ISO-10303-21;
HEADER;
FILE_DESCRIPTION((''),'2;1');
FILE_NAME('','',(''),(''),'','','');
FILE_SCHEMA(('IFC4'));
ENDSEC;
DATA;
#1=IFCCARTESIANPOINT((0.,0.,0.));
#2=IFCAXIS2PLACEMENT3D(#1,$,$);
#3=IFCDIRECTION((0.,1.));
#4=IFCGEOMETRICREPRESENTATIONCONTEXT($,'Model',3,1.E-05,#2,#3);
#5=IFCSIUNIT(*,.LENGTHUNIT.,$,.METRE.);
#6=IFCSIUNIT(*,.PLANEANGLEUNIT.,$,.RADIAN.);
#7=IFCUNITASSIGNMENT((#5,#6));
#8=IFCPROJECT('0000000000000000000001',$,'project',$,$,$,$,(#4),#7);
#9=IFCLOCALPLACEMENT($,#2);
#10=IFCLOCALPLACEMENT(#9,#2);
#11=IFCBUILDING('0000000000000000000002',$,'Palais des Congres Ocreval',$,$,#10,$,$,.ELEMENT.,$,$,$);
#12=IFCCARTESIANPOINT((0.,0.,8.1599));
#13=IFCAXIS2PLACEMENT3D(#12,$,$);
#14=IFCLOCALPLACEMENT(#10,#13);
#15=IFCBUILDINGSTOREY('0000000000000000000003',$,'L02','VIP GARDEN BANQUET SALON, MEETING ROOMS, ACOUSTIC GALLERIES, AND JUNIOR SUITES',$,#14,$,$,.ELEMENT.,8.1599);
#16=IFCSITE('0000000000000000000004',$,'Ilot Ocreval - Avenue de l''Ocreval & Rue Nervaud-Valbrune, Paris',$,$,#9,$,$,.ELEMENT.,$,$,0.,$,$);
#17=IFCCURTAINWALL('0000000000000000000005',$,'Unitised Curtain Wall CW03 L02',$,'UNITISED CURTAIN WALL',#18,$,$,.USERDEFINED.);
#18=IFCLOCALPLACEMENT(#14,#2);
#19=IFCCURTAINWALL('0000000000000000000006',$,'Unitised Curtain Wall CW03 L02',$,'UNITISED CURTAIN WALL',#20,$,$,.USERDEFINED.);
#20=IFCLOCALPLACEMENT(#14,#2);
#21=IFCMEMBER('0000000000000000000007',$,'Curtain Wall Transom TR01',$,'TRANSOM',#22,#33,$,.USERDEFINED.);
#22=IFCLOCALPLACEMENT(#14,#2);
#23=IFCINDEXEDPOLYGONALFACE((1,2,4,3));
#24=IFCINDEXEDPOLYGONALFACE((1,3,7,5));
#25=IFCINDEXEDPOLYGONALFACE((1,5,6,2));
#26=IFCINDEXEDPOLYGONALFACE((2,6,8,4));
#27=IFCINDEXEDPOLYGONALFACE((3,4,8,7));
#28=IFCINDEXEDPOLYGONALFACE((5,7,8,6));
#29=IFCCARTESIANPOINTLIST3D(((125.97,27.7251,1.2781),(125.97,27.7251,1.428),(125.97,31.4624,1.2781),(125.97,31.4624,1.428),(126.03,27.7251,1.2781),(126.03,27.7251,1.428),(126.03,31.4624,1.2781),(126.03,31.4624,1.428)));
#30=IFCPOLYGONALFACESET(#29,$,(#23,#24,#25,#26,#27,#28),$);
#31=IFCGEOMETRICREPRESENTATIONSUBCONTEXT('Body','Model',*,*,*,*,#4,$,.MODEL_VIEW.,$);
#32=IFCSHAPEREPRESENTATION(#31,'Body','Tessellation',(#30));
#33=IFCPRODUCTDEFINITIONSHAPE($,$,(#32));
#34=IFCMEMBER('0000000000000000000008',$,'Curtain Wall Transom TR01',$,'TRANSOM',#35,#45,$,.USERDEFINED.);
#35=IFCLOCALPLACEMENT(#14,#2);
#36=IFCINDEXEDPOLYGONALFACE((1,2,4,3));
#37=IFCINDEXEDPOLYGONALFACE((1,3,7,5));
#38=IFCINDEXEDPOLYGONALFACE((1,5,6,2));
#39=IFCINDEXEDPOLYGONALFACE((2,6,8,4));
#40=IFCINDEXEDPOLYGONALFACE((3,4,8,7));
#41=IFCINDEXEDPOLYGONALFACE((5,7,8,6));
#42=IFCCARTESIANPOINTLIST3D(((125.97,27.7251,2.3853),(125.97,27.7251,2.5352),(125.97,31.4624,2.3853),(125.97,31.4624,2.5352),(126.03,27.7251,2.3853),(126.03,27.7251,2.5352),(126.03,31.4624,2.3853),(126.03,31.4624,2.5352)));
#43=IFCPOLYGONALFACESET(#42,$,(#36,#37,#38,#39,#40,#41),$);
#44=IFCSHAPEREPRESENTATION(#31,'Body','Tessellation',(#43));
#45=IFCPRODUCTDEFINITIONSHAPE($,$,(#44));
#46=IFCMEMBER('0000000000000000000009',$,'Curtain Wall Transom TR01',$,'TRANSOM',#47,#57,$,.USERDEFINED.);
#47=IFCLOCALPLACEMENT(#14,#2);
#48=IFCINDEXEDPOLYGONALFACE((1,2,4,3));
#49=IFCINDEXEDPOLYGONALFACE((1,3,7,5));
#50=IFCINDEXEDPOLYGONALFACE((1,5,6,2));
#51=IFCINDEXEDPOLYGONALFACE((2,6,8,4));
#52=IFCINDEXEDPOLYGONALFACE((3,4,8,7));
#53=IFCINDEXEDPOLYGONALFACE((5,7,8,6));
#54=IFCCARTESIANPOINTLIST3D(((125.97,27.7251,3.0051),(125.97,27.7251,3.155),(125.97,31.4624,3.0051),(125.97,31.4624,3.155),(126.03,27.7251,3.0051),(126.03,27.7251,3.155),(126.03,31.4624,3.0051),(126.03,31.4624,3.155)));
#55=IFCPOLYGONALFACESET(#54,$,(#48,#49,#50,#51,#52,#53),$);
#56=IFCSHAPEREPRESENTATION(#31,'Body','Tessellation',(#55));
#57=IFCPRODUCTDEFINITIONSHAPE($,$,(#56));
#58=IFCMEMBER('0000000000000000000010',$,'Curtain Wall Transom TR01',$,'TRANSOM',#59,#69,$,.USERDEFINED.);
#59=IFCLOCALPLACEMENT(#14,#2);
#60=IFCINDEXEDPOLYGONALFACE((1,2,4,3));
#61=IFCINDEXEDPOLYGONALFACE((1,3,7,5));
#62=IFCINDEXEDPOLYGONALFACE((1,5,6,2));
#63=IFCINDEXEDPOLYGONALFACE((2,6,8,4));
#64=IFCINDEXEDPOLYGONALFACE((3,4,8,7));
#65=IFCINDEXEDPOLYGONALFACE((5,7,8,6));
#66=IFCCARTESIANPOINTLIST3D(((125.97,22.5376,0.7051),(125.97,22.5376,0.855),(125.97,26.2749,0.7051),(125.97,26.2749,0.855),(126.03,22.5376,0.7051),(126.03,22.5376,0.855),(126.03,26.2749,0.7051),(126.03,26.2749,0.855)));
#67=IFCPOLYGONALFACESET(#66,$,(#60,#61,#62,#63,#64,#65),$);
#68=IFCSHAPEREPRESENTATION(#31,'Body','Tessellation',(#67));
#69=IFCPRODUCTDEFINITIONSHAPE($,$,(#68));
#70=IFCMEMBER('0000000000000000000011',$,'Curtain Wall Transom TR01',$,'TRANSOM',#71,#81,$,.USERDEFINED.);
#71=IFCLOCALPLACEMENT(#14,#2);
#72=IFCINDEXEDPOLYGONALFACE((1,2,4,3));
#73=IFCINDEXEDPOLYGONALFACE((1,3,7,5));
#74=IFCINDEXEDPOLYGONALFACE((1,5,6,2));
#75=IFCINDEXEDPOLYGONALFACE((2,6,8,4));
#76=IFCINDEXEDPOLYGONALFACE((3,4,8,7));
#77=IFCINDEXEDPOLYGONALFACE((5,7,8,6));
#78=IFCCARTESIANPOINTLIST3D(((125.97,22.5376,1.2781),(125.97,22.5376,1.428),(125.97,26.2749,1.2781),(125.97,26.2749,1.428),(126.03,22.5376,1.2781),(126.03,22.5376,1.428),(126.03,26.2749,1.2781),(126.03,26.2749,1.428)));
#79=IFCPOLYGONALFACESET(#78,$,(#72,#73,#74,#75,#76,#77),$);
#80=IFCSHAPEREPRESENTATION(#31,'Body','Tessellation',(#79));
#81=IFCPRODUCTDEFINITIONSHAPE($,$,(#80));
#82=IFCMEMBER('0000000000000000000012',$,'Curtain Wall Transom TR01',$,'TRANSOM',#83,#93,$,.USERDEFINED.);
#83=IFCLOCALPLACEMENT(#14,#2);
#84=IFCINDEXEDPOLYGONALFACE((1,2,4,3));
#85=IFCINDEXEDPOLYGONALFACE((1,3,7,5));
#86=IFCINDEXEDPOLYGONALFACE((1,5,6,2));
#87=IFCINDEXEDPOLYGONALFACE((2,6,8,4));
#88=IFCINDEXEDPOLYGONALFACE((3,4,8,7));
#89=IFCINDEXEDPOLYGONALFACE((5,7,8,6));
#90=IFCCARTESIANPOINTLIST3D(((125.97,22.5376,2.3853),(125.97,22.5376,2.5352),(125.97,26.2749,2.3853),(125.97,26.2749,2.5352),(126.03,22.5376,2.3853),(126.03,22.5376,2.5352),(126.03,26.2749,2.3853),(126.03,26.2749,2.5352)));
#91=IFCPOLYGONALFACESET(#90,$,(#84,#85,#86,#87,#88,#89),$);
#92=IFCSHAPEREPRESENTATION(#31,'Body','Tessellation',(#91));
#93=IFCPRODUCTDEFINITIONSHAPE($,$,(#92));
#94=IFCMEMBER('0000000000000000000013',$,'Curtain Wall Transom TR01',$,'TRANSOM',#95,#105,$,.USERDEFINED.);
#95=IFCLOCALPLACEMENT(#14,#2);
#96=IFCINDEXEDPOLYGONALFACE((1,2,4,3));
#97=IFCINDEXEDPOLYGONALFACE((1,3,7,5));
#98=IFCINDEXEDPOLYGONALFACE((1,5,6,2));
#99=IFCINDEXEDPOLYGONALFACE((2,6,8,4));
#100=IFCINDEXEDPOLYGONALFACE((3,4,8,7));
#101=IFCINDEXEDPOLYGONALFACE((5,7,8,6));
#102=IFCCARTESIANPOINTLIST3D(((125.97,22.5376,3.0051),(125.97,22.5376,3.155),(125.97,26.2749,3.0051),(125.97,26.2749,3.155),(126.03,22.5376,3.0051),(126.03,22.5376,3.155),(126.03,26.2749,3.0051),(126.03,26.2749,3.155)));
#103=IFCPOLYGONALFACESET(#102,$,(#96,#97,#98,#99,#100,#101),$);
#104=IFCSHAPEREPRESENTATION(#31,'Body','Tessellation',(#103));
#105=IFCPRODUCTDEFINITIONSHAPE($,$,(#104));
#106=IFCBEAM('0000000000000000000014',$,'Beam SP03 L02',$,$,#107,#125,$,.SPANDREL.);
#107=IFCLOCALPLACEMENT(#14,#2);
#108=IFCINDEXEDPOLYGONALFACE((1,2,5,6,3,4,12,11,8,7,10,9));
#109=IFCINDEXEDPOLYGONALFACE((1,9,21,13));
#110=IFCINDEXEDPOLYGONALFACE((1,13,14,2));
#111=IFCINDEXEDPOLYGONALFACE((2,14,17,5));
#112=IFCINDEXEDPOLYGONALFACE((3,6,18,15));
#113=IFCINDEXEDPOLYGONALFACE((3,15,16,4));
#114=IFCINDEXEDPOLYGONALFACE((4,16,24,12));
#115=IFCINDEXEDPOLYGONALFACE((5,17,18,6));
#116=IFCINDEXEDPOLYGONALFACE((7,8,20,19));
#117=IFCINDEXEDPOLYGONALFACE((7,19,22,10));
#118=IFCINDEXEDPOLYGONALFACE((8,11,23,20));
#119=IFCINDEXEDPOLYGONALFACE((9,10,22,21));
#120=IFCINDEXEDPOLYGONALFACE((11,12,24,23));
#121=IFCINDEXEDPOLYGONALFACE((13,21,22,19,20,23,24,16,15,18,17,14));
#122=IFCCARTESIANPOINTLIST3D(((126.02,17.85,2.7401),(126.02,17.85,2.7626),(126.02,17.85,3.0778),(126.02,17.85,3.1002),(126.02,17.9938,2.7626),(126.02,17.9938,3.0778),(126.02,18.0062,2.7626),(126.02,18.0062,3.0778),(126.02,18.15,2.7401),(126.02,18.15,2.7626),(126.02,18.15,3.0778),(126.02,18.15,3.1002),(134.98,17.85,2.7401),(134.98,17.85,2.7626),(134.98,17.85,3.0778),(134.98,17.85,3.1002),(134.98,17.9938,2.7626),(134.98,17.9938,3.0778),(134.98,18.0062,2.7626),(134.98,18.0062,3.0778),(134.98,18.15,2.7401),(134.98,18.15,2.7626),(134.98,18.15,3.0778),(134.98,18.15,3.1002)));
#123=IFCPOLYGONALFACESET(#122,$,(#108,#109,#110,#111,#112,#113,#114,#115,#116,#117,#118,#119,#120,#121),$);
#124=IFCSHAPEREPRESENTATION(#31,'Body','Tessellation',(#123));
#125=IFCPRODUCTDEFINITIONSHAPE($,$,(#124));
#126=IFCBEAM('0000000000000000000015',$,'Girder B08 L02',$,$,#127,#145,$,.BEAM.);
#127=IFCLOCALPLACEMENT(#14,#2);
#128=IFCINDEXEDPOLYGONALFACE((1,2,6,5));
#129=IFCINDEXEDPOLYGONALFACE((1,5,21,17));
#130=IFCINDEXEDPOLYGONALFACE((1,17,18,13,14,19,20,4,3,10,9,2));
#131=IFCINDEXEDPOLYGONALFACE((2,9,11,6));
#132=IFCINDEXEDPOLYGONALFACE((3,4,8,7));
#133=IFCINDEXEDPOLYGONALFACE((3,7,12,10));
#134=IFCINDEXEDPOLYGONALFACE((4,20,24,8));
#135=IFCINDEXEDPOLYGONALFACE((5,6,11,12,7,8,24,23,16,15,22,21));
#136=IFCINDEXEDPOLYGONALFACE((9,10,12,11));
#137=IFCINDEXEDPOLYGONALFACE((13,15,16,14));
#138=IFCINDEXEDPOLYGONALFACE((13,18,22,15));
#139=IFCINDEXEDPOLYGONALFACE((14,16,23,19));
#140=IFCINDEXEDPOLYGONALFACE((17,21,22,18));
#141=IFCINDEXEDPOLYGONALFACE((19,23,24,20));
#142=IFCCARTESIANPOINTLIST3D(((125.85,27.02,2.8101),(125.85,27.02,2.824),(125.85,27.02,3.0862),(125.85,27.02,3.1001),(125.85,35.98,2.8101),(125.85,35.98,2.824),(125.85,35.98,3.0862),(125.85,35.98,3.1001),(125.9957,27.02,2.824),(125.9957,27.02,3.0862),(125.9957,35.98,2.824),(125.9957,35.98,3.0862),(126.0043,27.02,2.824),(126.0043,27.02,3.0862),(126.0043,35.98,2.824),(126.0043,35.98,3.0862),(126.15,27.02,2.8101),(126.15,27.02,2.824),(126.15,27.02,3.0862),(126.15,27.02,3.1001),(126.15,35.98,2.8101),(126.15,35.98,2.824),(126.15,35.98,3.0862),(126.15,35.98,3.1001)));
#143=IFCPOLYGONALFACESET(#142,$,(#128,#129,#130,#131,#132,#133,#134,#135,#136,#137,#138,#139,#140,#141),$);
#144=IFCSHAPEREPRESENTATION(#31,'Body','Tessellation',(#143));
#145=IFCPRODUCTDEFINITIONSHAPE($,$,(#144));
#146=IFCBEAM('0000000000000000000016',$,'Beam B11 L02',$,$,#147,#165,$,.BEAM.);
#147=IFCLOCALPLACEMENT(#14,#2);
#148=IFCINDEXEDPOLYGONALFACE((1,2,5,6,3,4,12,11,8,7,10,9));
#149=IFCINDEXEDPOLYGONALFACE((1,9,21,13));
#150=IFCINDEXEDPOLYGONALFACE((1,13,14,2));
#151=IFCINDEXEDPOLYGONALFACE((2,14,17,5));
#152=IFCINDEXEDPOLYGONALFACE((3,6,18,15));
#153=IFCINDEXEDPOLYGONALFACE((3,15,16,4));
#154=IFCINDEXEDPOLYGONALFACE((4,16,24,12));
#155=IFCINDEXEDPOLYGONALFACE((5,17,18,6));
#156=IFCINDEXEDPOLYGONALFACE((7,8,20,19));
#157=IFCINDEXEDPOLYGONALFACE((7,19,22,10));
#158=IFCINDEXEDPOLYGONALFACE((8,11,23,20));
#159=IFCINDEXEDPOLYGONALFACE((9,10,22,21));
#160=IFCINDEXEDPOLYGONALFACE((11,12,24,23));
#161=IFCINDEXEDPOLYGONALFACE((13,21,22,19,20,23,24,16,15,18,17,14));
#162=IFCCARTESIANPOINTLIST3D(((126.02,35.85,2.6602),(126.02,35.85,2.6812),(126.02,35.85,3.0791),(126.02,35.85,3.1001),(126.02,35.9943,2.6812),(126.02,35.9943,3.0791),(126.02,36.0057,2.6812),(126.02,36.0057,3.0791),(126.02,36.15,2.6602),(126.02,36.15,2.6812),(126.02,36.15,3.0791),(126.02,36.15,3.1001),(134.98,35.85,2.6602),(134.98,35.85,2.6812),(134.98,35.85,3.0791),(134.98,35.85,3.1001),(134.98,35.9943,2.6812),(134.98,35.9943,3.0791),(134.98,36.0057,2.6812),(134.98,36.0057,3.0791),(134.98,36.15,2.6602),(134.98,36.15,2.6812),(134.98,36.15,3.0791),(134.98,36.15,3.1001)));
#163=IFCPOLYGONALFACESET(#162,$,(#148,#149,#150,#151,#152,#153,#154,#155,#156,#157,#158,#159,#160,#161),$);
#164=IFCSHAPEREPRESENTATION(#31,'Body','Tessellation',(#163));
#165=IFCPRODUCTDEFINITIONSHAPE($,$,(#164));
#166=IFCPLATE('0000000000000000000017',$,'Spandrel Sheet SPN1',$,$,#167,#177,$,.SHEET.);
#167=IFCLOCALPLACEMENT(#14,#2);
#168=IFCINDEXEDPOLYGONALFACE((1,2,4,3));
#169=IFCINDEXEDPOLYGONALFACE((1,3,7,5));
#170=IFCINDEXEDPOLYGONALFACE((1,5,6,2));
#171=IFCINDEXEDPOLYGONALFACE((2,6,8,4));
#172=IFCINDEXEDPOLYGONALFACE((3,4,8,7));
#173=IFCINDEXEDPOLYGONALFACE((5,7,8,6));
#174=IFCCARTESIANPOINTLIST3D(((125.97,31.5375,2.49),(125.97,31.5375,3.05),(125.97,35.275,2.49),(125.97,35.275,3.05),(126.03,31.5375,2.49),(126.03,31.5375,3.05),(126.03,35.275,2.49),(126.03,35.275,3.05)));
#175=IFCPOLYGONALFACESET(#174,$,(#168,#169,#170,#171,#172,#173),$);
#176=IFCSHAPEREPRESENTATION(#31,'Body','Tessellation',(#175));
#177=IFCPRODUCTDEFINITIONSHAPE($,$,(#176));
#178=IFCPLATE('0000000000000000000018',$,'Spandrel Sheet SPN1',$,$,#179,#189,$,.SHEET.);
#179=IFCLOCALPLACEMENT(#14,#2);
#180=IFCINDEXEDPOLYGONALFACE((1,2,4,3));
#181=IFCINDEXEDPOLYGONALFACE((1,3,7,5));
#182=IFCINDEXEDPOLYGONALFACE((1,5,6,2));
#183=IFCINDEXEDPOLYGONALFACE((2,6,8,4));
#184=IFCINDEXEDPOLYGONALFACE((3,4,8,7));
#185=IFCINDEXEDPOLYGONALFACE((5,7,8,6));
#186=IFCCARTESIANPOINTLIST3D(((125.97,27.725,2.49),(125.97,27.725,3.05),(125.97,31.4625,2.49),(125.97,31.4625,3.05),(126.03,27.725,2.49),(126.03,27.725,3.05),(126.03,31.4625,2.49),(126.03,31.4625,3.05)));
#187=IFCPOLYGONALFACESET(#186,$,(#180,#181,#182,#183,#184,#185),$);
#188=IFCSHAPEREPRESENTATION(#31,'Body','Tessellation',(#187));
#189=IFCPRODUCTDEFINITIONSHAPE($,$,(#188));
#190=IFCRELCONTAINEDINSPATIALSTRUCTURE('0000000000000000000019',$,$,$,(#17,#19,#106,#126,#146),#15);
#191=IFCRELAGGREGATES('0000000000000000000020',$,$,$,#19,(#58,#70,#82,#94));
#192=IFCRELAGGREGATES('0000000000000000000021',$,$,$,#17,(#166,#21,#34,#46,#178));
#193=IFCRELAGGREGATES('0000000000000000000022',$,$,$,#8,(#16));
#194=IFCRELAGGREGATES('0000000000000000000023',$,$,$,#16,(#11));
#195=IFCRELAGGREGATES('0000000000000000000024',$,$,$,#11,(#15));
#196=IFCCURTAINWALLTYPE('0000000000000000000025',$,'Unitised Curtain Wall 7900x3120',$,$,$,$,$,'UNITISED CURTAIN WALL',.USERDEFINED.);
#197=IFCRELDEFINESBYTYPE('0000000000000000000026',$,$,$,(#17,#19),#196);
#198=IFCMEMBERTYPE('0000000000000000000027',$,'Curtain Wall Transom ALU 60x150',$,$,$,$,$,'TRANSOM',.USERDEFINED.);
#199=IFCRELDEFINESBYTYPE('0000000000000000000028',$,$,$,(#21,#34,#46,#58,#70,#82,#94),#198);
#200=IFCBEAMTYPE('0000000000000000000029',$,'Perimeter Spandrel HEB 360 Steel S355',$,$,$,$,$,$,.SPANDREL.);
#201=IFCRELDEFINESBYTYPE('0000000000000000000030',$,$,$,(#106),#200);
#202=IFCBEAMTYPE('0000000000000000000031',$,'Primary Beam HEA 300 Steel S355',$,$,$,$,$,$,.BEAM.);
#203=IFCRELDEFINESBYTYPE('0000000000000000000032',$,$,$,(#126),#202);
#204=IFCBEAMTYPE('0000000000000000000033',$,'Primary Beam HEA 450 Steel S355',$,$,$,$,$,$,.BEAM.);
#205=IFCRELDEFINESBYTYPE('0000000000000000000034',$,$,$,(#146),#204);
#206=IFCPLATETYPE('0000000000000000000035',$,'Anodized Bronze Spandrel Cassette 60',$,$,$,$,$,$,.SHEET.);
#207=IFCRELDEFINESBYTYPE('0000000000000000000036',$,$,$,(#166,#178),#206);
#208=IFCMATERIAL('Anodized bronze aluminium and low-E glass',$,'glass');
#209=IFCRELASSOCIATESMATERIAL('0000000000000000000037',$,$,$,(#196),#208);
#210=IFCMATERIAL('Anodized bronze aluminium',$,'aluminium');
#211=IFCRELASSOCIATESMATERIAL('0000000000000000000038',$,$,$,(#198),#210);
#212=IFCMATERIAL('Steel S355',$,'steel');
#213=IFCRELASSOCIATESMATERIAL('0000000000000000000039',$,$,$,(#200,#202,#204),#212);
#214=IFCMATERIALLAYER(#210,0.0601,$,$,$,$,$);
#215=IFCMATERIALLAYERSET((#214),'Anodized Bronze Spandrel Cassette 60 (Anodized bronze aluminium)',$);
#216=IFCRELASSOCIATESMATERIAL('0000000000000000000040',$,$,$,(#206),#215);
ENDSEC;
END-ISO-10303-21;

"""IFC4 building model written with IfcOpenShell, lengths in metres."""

from ifc_helpers import new_model, si_unit, direction, frame, origin, origin_2d, place, context, subcontext, project, spatial, rectangle, i_section, extrude, material, layer, layer_set, material_profile, profile_set, type_object, element, aggregate, save


model = new_model("IFC4")

# Units and contexts
model_context = context("Model", 3, precision=1e-05, world=origin(), true_north=direction((0.0, 1.0)))
body_context = subcontext(model_context, "Body", "Model", "MODEL_VIEW")
ifc_project = project(units=[si_unit("LENGTHUNIT", "METRE"), si_unit("PLANEANGLEUNIT", "RADIAN")], contexts=[model_context])

# Site, building, storey
site_placement = place(None, origin())
site = spatial("IfcSite", under=ifc_project, at=site_placement, Name="Ilot Ocreval - Avenue de l'Ocreval & Rue Nervaud-Valbrune, Paris", CompositionType="ELEMENT", RefElevation=0.0)
building_placement = place(site_placement, origin())
building = spatial("IfcBuilding", under=site, at=building_placement, Name="Palais des Congres Ocreval", CompositionType="ELEMENT")
storey_placement = place(building_placement, frame((0.0, 0.0, 8.1599)))
storey = spatial("IfcBuildingStorey", under=building, at=storey_placement, Name="L02", Description="VIP GARDEN BANQUET SALON, MEETING ROOMS, ACOUSTIC GALLERIES, AND JUNIOR SUITES", CompositionType="ELEMENT", Elevation=8.1599)

# Shared definitions
ifc_material_1 = material(Name="Steel S355", Category="steel")

# Curtain wall
ifc_material_2 = material(Name="Anodized bronze aluminium and low-E glass", Category="glass")
curtain_wall_type = type_object("IfcCurtainWallType", Name="Unitised Curtain Wall 7900x3120", ElementType="UNITISED CURTAIN WALL", PredefinedType="USERDEFINED", material=ifc_material_2)
curtain_wall_1_placement = place(storey_placement, origin())
curtain_wall_1 = element("IfcCurtainWall", 1, at=curtain_wall_1_placement, inside=storey, type_object=curtain_wall_type, Name="Unitised Curtain Wall CW03 L02", ObjectType="UNITISED CURTAIN WALL", PredefinedType="USERDEFINED")
ifc_material_3 = material(Name="Anodized bronze aluminium", Category="aluminium")

# Curtain wall
curtain_wall_2_placement = place(storey_placement, origin())
curtain_wall_2 = element("IfcCurtainWall", 2, at=curtain_wall_2_placement, inside=storey, type_object=curtain_wall_type, Name="Unitised Curtain Wall CW03 L02", ObjectType="UNITISED CURTAIN WALL", PredefinedType="USERDEFINED")

# Members
ifc_material_profile_1 = material_profile(ifc_material_3, rectangle(XDim=0.0601, YDim=0.1499, at=origin_2d()), Name="ALU 60x150")
ifc_profile_set_1 = profile_set([ifc_material_profile_1], Name="Anodized bronze aluminium")
member_type_1 = type_object("IfcMemberType", Name="Curtain Wall Transom ALU 60x150", ElementType="TRANSOM", PredefinedType="USERDEFINED", material=ifc_profile_set_1)
member_1_placement = place(storey_placement, frame((126.0, 31.4624, 1.353), z_axis=(0.0, -1.0, 0.0), x_axis=(1.0, 0.0, 0.0)))
member_1 = element("IfcMember", 3, at=member_1_placement, type_object=member_type_1, Name="Curtain Wall Transom TR01", ObjectType="TRANSOM", PredefinedType="USERDEFINED", context=body_context, shape_type="SweptSolid", body=[
    extrude(rectangle(XDim=0.0601, YDim=0.1499, at=origin_2d()), origin(), (0.0, 0.0, 1.0), 3.7373),
])
member_2_placement = place(storey_placement, frame((126.0, 31.4624, 2.4602), z_axis=(0.0, -1.0, 0.0), x_axis=(1.0, 0.0, 0.0)))
member_2 = element("IfcMember", 4, at=member_2_placement, type_object=member_type_1, Name="Curtain Wall Transom TR01", ObjectType="TRANSOM", PredefinedType="USERDEFINED", context=body_context, shape_type="SweptSolid", body=[
    extrude(rectangle(XDim=0.0601, YDim=0.1499, at=origin_2d()), origin(), (0.0, 0.0, 1.0), 3.7373),
])
member_3_placement = place(storey_placement, frame((126.0, 31.4624, 3.0801), z_axis=(0.0, -1.0, 0.0), x_axis=(1.0, 0.0, 0.0)))
member_3 = element("IfcMember", 5, at=member_3_placement, type_object=member_type_1, Name="Curtain Wall Transom TR01", ObjectType="TRANSOM", PredefinedType="USERDEFINED", context=body_context, shape_type="SweptSolid", body=[
    extrude(rectangle(XDim=0.0601, YDim=0.1499, at=origin_2d()), origin(), (0.0, 0.0, 1.0), 3.7373),
])
member_4_placement = place(storey_placement, frame((126.0, 26.2749, 0.78), z_axis=(0.0, -1.0, 0.0), x_axis=(1.0, 0.0, 0.0)))
member_4 = element("IfcMember", 6, at=member_4_placement, type_object=member_type_1, Name="Curtain Wall Transom TR01", ObjectType="TRANSOM", PredefinedType="USERDEFINED", context=body_context, shape_type="SweptSolid", body=[
    extrude(rectangle(XDim=0.0601, YDim=0.1499, at=origin_2d()), origin(), (0.0, 0.0, 1.0), 3.7373),
])
member_5_placement = place(storey_placement, frame((126.0, 26.2749, 1.353), z_axis=(0.0, -1.0, 0.0), x_axis=(1.0, 0.0, 0.0)))
member_5 = element("IfcMember", 7, at=member_5_placement, type_object=member_type_1, Name="Curtain Wall Transom TR01", ObjectType="TRANSOM", PredefinedType="USERDEFINED", context=body_context, shape_type="SweptSolid", body=[
    extrude(rectangle(XDim=0.0601, YDim=0.1499, at=origin_2d()), origin(), (0.0, 0.0, 1.0), 3.7373),
])
member_6_placement = place(storey_placement, frame((126.0, 26.2749, 2.4602), z_axis=(0.0, -1.0, 0.0), x_axis=(1.0, 0.0, 0.0)))
member_6 = element("IfcMember", 8, at=member_6_placement, type_object=member_type_1, Name="Curtain Wall Transom TR01", ObjectType="TRANSOM", PredefinedType="USERDEFINED", context=body_context, shape_type="SweptSolid", body=[
    extrude(rectangle(XDim=0.0601, YDim=0.1499, at=origin_2d()), origin(), (0.0, 0.0, 1.0), 3.7373),
])
member_7_placement = place(storey_placement, frame((126.0, 26.2749, 3.0801), z_axis=(0.0, -1.0, 0.0), x_axis=(1.0, 0.0, 0.0)))
member_7 = element("IfcMember", 9, at=member_7_placement, type_object=member_type_1, Name="Curtain Wall Transom TR01", ObjectType="TRANSOM", PredefinedType="USERDEFINED", context=body_context, shape_type="SweptSolid", body=[
    extrude(rectangle(XDim=0.0601, YDim=0.1499, at=origin_2d()), origin(), (0.0, 0.0, 1.0), 3.7373),
])
aggregate(curtain_wall_2, [member_4, member_5, member_6, member_7])

# Beams
ifc_material_profile_2 = material_profile(ifc_material_1, i_section(OverallWidth=0.3, OverallDepth=0.3601, WebThickness=0.0125, FlangeThickness=0.0225, at=origin_2d()), Name="HEB 360")
ifc_profile_set_2 = profile_set([ifc_material_profile_2], Name="Steel S355")
beam_type_1 = type_object("IfcBeamType", Name="Perimeter Spandrel HEB 360 Steel S355", PredefinedType="SPANDREL", material=ifc_profile_set_2)
beam_1_placement = place(storey_placement, frame((126.02, 18.0, 2.9202), z_axis=(1.0, 0.0, 0.0), x_axis=(0.0, 1.0, 0.0)))
element("IfcBeam", 10, at=beam_1_placement, inside=storey, type_object=beam_type_1, Name="Beam SP03 L02", PredefinedType="SPANDREL", context=body_context, shape_type="SweptSolid", body=[
    extrude(i_section(OverallWidth=0.3, OverallDepth=0.3601, WebThickness=0.0125, FlangeThickness=0.0225, at=origin_2d()), origin(), (0.0, 0.0, 1.0), 8.96),
])
ifc_material_profile_3 = material_profile(ifc_material_1, i_section(OverallWidth=0.3, OverallDepth=0.29, WebThickness=0.0085, FlangeThickness=0.0139, at=origin_2d()), Name="HEA 300")
ifc_profile_set_3 = profile_set([ifc_material_profile_3], Name="Steel S355")
beam_type_2 = type_object("IfcBeamType", Name="Primary Beam HEA 300 Steel S355", PredefinedType="BEAM", material=ifc_profile_set_3)
beam_2_placement = place(storey_placement, frame((126.0, 27.02, 2.9551), z_axis=(0.0, 1.0, 0.0), x_axis=(-1.0, 0.0, 0.0)))
element("IfcBeam", 11, at=beam_2_placement, inside=storey, type_object=beam_type_2, Name="Girder B08 L02", PredefinedType="BEAM", context=body_context, shape_type="SweptSolid", body=[
    extrude(i_section(OverallWidth=0.3, OverallDepth=0.29, WebThickness=0.0085, FlangeThickness=0.0139, at=origin_2d()), origin(), (0.0, 0.0, 1.0), 8.96),
])
ifc_material_profile_4 = material_profile(ifc_material_1, i_section(OverallWidth=0.3, OverallDepth=0.4399, WebThickness=0.0115, FlangeThickness=0.021, at=origin_2d()), Name="HEA 450")
ifc_profile_set_4 = profile_set([ifc_material_profile_4], Name="Steel S355")
beam_type_3 = type_object("IfcBeamType", Name="Primary Beam HEA 450 Steel S355", PredefinedType="BEAM", material=ifc_profile_set_4)
beam_3_placement = place(storey_placement, frame((126.02, 36.0, 2.8801), z_axis=(1.0, 0.0, 0.0), x_axis=(0.0, 1.0, 0.0)))
element("IfcBeam", 12, at=beam_3_placement, inside=storey, type_object=beam_type_3, Name="Beam B11 L02", PredefinedType="BEAM", context=body_context, shape_type="SweptSolid", body=[
    extrude(i_section(OverallWidth=0.3, OverallDepth=0.4399, WebThickness=0.0115, FlangeThickness=0.021, at=origin_2d()), origin(), (0.0, 0.0, 1.0), 8.96),
])

# Plates
ifc_layer_1 = layer(ifc_material_3, 0.0601)
ifc_layer_set_1 = layer_set([ifc_layer_1], Name="Anodized Bronze Spandrel Cassette 60 (Anodized bronze aluminium)")
plate_type_1 = type_object("IfcPlateType", Name="Anodized Bronze Spandrel Cassette 60", PredefinedType="SHEET", material=ifc_layer_set_1)
plate_1_placement = place(storey_placement, frame((126.0, 33.4062, 2.49), z_axis=(0.0, 0.0, 1.0), x_axis=(0.0, -1.0, 0.0)))
plate_1 = element("IfcPlate", 13, at=plate_1_placement, type_object=plate_type_1, Name="Spandrel Sheet SPN1", PredefinedType="SHEET", context=body_context, shape_type="SweptSolid", body=[
    extrude(rectangle(XDim=3.7375, YDim=0.0601, at=origin_2d()), origin(), (0.0, 0.0, 1.0), 0.5601),
])
plate_2_placement = place(storey_placement, frame((126.0, 29.5938, 2.49), z_axis=(0.0, 0.0, 1.0), x_axis=(0.0, -1.0, 0.0)))
plate_2 = element("IfcPlate", 14, at=plate_2_placement, type_object=plate_type_1, Name="Spandrel Sheet SPN1", PredefinedType="SHEET", context=body_context, shape_type="SweptSolid", body=[
    extrude(rectangle(XDim=3.7375, YDim=0.0601, at=origin_2d()), origin(), (0.0, 0.0, 1.0), 0.5601),
])
aggregate(curtain_wall_1, [plate_1, member_1, member_2, member_3, plate_2])

save(model, "model.ifc")
